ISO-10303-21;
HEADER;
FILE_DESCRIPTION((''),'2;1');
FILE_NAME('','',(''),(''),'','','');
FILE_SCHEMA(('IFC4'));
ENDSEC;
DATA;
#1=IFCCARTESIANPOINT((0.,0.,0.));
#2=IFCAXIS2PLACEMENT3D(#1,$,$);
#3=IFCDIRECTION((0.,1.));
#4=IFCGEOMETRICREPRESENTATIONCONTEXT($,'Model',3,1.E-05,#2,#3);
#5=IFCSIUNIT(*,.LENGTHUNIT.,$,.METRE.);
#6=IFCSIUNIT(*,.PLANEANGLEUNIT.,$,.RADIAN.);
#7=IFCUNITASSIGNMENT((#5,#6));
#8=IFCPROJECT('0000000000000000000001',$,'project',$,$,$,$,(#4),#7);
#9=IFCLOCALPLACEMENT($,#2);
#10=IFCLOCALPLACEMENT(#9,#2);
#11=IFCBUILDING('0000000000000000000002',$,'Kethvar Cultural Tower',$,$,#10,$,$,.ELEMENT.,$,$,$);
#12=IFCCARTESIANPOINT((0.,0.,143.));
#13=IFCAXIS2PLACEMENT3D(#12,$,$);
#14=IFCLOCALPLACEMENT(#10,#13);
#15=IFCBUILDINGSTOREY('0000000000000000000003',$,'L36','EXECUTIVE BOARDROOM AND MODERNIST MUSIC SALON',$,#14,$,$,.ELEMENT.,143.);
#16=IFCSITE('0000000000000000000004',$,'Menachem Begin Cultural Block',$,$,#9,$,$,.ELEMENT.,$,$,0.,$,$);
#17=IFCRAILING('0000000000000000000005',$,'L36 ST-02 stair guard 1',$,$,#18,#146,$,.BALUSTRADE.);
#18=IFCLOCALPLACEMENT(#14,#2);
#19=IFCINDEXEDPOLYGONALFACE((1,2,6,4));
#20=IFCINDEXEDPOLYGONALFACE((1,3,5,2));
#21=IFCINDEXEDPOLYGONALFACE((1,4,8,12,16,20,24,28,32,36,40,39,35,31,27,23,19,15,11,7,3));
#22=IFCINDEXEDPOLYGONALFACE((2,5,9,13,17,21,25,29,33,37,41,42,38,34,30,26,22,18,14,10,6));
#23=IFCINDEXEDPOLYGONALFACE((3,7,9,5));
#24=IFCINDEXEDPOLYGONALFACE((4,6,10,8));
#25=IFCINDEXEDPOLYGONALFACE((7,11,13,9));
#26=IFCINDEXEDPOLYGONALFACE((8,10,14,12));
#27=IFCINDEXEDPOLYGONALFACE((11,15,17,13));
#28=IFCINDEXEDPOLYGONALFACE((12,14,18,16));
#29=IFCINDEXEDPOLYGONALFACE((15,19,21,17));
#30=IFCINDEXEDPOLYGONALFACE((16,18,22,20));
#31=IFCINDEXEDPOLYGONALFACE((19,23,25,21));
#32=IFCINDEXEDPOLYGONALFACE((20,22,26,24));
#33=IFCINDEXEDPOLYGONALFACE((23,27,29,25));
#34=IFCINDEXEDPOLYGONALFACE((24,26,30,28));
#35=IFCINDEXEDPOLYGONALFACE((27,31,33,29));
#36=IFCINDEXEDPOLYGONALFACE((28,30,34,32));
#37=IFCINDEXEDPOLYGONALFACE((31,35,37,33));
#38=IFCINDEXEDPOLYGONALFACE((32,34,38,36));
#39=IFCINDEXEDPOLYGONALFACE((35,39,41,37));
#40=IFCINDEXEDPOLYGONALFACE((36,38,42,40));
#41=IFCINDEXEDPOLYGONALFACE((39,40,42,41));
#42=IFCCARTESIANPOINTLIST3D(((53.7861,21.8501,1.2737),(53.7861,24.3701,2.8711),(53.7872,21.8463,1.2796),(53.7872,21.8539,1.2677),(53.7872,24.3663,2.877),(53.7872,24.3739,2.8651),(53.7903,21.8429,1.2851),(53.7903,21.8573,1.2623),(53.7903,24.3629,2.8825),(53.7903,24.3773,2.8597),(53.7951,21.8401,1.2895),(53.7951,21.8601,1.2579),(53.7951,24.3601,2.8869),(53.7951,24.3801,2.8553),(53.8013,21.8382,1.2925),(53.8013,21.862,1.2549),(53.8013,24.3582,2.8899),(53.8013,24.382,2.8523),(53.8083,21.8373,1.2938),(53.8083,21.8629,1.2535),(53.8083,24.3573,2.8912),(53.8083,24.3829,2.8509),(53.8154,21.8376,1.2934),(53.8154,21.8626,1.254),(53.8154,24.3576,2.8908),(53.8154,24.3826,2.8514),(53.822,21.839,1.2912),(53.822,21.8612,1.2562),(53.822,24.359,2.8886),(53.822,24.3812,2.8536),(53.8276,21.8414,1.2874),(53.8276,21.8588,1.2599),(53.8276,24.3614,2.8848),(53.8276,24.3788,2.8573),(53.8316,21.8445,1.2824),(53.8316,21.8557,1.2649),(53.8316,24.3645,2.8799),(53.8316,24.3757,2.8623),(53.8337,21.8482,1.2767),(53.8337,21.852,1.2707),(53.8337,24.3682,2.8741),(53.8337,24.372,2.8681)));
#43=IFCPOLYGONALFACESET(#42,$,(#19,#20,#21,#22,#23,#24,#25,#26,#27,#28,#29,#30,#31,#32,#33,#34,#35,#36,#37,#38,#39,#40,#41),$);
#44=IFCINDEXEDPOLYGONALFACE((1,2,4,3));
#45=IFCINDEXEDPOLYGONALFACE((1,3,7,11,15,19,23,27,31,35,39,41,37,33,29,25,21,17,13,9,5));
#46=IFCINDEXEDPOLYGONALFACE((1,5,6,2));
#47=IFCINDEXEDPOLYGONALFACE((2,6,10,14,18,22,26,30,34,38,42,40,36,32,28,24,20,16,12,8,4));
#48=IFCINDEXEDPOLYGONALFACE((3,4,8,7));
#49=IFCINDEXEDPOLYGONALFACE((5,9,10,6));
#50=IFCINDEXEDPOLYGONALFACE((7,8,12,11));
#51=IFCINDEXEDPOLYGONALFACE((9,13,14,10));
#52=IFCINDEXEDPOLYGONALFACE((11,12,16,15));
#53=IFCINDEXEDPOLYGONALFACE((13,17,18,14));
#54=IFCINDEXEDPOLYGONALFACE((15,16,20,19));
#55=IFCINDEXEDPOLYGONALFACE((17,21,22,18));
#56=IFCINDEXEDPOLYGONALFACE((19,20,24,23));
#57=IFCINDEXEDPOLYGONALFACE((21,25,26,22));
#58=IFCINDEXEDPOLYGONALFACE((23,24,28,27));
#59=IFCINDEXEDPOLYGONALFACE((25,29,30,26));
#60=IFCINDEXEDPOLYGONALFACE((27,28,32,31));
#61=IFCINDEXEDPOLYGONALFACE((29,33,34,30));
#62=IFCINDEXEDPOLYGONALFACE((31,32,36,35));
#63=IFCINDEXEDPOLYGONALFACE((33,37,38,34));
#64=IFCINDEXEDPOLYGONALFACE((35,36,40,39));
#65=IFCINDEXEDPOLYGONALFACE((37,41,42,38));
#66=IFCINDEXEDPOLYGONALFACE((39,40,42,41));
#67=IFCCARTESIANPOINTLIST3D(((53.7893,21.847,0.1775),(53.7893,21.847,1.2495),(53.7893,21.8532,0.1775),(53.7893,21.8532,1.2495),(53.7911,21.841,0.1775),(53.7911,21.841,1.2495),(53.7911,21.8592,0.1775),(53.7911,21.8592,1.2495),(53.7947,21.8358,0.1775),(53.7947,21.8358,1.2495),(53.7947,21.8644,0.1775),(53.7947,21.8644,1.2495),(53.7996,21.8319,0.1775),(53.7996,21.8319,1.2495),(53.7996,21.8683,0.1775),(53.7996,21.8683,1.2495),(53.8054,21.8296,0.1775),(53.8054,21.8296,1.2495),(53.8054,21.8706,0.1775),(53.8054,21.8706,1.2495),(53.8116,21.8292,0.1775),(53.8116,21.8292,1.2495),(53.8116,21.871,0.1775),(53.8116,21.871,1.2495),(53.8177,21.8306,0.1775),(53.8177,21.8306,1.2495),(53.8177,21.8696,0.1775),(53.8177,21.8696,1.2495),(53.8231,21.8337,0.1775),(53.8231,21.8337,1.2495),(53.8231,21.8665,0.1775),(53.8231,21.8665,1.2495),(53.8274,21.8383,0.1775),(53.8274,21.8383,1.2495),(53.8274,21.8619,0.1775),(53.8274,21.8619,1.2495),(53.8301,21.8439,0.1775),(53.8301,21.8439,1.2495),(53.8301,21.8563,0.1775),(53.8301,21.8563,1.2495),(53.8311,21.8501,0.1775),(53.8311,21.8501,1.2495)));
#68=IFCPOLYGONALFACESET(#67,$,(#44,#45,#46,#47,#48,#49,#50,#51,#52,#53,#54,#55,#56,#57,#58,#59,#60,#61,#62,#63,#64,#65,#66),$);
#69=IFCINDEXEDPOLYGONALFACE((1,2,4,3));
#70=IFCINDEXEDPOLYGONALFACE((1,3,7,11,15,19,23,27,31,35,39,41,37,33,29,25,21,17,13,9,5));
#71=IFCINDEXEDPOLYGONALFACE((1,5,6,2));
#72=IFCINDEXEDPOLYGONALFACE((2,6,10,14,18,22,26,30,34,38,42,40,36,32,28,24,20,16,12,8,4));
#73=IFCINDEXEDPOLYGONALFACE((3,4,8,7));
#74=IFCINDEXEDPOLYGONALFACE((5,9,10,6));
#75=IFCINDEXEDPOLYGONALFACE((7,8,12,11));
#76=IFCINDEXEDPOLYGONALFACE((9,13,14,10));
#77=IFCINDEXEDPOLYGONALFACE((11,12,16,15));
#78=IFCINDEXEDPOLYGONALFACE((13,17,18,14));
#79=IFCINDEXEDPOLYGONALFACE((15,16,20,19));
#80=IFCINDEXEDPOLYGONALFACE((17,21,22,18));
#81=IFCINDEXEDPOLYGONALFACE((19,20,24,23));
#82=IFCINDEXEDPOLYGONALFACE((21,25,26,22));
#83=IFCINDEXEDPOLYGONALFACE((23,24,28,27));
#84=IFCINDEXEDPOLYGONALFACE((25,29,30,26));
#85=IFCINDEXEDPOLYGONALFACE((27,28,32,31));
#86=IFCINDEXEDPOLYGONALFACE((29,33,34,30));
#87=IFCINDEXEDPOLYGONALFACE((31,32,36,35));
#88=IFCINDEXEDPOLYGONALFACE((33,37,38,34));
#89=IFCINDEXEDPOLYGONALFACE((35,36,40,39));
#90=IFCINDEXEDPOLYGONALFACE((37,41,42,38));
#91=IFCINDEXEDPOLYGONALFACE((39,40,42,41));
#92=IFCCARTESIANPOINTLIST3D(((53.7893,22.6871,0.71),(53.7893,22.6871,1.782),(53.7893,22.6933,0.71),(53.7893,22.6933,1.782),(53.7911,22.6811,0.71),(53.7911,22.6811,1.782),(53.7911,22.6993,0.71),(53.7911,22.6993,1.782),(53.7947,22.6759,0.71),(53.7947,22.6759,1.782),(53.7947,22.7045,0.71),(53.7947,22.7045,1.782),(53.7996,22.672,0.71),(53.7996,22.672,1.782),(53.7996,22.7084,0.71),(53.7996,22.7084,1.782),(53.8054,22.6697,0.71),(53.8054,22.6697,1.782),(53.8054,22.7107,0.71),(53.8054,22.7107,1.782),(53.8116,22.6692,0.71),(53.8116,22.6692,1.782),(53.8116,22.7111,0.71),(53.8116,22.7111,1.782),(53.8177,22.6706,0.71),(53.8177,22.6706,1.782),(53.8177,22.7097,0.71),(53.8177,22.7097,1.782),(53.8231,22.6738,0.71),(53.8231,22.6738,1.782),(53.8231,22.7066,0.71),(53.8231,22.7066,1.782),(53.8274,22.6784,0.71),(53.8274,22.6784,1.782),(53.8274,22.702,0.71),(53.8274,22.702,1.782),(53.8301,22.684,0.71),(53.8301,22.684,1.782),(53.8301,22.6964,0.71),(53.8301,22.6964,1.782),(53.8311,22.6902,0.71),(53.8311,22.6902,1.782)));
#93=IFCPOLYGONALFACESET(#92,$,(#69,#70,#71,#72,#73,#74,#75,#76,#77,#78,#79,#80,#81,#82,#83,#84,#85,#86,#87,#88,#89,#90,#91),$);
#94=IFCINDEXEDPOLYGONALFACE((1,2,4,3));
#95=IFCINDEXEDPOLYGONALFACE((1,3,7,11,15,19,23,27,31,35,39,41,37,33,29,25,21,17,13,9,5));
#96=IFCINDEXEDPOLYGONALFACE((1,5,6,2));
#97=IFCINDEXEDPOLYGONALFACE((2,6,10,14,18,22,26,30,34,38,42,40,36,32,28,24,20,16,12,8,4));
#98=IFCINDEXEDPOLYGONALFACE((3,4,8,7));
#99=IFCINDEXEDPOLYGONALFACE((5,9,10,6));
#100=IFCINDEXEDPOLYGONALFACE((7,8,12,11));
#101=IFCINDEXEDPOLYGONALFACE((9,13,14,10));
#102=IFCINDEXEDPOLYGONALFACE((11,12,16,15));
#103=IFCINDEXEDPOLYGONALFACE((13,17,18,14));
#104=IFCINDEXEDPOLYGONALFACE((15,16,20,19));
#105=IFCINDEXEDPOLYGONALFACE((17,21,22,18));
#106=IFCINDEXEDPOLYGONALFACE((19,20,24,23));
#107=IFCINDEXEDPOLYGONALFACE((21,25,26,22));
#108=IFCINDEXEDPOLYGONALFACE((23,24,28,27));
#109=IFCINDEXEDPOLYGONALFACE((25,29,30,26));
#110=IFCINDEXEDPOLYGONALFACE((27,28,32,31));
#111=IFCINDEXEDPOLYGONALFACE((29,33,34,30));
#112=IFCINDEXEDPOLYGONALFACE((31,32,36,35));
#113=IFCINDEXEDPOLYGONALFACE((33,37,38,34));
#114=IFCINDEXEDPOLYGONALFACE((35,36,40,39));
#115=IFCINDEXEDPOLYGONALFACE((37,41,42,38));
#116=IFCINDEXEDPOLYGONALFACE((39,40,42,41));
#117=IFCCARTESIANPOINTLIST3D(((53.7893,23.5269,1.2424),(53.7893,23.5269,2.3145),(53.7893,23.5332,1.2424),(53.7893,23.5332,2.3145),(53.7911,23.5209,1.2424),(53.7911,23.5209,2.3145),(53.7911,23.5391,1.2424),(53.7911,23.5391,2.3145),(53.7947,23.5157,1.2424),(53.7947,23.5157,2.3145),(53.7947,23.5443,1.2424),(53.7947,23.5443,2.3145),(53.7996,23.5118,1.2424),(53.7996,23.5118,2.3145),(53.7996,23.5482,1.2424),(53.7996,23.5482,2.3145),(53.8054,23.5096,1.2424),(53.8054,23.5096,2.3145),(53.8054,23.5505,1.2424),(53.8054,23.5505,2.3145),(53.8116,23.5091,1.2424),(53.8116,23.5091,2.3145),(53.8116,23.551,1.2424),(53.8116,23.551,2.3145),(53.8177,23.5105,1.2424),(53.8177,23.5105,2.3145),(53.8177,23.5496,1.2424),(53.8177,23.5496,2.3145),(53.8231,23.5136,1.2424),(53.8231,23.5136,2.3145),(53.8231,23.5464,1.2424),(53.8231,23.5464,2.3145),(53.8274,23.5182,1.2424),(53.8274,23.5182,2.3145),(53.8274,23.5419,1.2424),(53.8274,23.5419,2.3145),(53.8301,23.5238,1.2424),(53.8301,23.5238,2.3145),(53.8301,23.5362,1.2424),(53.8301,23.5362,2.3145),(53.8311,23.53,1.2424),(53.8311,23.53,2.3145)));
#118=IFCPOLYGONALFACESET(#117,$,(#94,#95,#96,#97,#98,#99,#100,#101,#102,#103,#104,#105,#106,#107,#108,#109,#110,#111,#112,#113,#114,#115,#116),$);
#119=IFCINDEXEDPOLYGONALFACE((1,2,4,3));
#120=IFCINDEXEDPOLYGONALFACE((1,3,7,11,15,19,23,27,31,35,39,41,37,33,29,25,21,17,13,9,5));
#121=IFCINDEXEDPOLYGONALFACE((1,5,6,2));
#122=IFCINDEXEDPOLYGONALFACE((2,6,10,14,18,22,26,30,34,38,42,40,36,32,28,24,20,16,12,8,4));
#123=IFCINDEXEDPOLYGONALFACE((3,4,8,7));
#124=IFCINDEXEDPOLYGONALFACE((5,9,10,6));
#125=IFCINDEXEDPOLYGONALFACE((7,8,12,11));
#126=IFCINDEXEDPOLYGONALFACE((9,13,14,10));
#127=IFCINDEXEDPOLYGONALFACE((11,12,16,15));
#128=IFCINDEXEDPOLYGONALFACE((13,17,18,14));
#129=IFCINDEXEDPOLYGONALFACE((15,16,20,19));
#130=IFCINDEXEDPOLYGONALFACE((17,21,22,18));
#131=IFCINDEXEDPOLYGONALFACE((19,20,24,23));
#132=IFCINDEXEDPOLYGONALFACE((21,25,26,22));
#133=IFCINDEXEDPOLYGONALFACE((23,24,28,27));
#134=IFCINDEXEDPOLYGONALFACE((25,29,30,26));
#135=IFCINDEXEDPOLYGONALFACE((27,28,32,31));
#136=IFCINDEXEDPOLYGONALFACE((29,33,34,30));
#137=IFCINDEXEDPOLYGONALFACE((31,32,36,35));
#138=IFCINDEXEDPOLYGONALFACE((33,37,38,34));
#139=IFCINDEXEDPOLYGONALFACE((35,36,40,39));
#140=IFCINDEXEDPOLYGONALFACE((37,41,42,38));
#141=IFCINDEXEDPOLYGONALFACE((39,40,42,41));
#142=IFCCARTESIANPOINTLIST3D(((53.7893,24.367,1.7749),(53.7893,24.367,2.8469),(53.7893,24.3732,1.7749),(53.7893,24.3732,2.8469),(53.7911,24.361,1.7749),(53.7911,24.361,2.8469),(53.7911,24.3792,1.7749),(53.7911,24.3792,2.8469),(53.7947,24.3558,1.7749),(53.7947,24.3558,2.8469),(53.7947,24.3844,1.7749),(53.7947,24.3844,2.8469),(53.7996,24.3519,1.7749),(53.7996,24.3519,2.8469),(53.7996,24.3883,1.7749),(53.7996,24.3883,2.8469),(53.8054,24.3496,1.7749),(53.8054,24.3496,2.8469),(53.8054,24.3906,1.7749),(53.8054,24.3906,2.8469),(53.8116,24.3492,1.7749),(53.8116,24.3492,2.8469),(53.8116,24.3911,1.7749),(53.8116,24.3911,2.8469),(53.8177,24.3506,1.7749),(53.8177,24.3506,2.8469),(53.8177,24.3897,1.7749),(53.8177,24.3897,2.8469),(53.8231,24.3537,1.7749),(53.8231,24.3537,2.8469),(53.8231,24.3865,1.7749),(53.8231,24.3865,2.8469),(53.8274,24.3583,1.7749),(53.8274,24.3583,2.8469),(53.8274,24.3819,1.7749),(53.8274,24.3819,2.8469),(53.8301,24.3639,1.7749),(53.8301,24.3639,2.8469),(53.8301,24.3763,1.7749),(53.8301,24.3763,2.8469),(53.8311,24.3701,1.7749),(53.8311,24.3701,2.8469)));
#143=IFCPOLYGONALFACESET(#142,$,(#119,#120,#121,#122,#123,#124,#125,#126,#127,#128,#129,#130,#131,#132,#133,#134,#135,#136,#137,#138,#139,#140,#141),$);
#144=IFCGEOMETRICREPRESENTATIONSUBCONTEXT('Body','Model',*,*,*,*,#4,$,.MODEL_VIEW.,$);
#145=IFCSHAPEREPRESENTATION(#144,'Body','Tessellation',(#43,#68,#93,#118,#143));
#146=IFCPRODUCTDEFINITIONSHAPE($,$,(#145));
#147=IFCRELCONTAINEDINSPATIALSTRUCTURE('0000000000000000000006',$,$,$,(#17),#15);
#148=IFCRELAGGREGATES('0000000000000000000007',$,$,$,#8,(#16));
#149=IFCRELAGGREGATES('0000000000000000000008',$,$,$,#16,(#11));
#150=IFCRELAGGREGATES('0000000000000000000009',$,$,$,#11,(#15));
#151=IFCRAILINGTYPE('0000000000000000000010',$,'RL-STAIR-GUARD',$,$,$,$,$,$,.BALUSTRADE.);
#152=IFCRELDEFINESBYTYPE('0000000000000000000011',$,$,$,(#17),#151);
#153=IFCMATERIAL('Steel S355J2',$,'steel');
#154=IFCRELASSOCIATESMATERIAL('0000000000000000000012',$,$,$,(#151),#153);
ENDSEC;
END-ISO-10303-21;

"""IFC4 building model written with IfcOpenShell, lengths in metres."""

from ifc_helpers import new_model, si_unit, direction, frame, origin, origin_2d, place, context, subcontext, project, spatial, circle, extrude, material, type_object, element, save


model = new_model("IFC4")

# Units and contexts
model_context = context("Model", 3, precision=1e-05, world=origin(), true_north=direction((0.0, 1.0)))
body_context = subcontext(model_context, "Body", "Model", "MODEL_VIEW")
ifc_project = project(units=[si_unit("LENGTHUNIT", "METRE"), si_unit("PLANEANGLEUNIT", "RADIAN")], contexts=[model_context])

# Site, building, storey
site_placement = place(None, origin())
site = spatial("IfcSite", under=ifc_project, at=site_placement, Name="Menachem Begin Cultural Block", CompositionType="ELEMENT", RefElevation=0.0)
building_placement = place(site_placement, origin())
building = spatial("IfcBuilding", under=site, at=building_placement, Name="Kethvar Cultural Tower", CompositionType="ELEMENT")
storey_placement = place(building_placement, frame((0.0, 0.0, 143.0)))
storey = spatial("IfcBuildingStorey", under=building, at=storey_placement, Name="L36", Description="EXECUTIVE BOARDROOM AND MODERNIST MUSIC SALON", CompositionType="ELEMENT", Elevation=143.0)

# Shared definitions
ifc_material_1 = material(Name="Steel S355J2", Category="steel")

# Railing
railing_type_1 = type_object("IfcRailingType", Name="RL-STAIR-GUARD", PredefinedType="BALUSTRADE", material=ifc_material_1)
railing_1_placement = place(storey_placement, frame((53.8101, 21.8501, 0.1775)))
element("IfcRailing", 1, at=railing_1_placement, inside=storey, type_object=railing_type_1, Name="L36 ST-02 stair guard 1", PredefinedType="BALUSTRADE", context=body_context, shape_type="SweptSolid", body=[
    extrude(circle(Radius=0.0239, at=origin_2d()), frame((0.0, 0.0, 1.0962), z_axis=(0.0, 0.844607, 0.535387), x_axis=(-1.0, 0.0, 0.0)), (0.0, 0.0, 1.0), 2.9836),
    extrude(circle(Radius=0.021, at=origin_2d()), origin(), (0.0, 0.0, 1.0), 1.072),
    extrude(circle(Radius=0.021, at=origin_2d()), frame((0.0, 0.8401, 0.5325)), (0.0, 0.0, 1.0), 1.072),
    extrude(circle(Radius=0.021, at=origin_2d()), frame((0.0, 1.6799, 1.0649)), (0.0, 0.0, 1.0), 1.072),
    extrude(circle(Radius=0.021, at=origin_2d()), frame((0.0, 2.52, 1.5974)), (0.0, 0.0, 1.0), 1.072),
])

save(model, "model.ifc")
